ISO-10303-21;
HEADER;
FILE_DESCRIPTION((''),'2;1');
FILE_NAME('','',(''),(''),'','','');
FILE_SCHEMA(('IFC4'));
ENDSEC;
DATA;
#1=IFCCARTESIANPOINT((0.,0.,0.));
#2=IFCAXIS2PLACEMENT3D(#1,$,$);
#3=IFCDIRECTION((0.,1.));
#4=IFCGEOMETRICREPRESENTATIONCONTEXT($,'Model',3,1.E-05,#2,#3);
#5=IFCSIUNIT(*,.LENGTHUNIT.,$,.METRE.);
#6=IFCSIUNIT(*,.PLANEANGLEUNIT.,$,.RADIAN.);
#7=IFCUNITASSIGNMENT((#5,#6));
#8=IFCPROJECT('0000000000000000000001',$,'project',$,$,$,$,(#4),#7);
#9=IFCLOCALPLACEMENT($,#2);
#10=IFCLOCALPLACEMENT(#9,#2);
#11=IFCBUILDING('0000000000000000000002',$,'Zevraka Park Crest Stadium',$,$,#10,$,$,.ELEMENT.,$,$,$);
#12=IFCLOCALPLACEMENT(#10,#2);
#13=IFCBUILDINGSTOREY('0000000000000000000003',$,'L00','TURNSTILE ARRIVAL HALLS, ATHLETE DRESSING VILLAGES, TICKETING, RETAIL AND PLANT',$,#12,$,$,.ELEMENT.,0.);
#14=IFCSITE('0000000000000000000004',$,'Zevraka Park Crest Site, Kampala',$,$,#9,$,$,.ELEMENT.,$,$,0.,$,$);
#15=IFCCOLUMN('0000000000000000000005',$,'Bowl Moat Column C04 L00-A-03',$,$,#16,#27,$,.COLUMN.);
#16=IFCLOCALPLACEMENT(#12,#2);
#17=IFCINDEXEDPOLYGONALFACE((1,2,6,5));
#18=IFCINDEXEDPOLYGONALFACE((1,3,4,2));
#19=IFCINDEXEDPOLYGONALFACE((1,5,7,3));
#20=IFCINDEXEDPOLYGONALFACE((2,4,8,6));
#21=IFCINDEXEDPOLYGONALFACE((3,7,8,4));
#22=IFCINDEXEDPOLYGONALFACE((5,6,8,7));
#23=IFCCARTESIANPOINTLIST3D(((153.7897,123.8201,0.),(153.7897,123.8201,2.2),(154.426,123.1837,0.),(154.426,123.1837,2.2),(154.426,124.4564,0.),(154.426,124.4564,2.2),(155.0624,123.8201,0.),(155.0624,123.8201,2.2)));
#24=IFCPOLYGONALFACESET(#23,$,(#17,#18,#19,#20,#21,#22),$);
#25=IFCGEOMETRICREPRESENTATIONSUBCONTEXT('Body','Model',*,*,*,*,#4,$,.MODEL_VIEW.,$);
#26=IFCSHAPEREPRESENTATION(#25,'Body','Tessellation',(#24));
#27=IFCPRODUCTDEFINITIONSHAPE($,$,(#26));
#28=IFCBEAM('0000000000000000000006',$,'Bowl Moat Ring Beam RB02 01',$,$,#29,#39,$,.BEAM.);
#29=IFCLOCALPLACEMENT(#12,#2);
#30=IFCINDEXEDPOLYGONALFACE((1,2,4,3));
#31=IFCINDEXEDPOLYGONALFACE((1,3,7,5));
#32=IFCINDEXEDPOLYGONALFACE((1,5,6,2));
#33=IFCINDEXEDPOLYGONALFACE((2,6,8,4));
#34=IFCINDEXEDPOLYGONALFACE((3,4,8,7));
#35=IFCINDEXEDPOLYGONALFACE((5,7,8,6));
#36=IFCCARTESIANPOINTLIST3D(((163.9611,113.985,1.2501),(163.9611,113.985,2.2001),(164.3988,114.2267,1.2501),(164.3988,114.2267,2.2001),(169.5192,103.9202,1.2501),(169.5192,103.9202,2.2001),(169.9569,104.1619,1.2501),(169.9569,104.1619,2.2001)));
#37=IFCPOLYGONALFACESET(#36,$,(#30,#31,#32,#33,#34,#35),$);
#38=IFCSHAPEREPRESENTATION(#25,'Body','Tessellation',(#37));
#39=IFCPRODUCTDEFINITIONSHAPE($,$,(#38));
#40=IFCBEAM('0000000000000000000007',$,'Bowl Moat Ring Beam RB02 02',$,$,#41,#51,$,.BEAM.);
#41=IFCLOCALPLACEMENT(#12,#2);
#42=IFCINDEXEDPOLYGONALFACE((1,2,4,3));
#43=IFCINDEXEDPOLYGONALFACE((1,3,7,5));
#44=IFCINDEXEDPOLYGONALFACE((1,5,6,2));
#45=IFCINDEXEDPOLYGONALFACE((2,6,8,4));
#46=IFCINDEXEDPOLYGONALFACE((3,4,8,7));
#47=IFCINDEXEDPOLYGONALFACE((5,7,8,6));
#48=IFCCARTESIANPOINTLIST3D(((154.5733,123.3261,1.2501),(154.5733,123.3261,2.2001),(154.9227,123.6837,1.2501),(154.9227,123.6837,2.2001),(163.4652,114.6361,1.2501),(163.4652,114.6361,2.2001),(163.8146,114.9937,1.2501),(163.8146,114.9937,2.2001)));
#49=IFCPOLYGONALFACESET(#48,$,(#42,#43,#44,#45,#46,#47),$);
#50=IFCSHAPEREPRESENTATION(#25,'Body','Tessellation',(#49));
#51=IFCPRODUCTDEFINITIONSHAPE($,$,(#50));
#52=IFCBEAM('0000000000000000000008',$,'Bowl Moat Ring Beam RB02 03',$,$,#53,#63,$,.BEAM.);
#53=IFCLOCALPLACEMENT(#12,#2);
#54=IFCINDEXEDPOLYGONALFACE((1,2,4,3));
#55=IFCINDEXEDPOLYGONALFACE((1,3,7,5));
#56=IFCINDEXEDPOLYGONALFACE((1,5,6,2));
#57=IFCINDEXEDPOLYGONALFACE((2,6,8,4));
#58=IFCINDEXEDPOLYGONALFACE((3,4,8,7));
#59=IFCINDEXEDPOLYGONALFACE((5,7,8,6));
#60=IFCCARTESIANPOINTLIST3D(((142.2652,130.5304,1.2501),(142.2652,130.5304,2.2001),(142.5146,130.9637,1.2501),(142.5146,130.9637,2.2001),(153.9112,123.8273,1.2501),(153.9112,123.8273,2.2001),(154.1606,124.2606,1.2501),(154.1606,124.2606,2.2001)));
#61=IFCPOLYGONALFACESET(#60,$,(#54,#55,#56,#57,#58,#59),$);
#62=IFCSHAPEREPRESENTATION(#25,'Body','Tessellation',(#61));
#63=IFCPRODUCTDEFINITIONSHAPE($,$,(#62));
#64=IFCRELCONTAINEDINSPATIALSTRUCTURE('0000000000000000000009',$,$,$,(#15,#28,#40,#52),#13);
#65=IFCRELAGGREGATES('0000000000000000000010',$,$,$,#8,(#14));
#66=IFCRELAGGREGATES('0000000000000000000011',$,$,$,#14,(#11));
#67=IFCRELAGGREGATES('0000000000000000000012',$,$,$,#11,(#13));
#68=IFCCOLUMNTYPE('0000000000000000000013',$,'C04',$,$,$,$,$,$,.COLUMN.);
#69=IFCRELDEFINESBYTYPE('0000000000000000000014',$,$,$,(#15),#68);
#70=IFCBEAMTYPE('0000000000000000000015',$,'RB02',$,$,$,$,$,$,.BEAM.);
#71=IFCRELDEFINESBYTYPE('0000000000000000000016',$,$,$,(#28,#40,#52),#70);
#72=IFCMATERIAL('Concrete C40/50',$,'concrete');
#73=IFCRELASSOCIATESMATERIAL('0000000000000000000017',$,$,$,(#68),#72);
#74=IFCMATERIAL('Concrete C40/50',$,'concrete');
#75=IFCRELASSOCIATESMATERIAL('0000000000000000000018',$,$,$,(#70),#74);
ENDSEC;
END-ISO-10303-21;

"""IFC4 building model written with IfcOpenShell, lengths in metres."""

from ifc_helpers import new_model, si_unit, direction, frame, origin, origin_2d, place, context, subcontext, project, spatial, rectangle, extrude, material, material_profile, profile_set, type_object, element, save


model = new_model("IFC4")

# Units and contexts
model_context = context("Model", 3, precision=1e-05, world=origin(), true_north=direction((0.0, 1.0)))
body_context = subcontext(model_context, "Body", "Model", "MODEL_VIEW")
ifc_project = project(units=[si_unit("LENGTHUNIT", "METRE"), si_unit("PLANEANGLEUNIT", "RADIAN")], contexts=[model_context])

# Site, building, storey
site_placement = place(None, origin())
site = spatial("IfcSite", under=ifc_project, at=site_placement, Name="Zevraka Park Crest Site, Kampala", CompositionType="ELEMENT", RefElevation=0.0)
building_placement = place(site_placement, origin())
building = spatial("IfcBuilding", under=site, at=building_placement, Name="Zevraka Park Crest Stadium", CompositionType="ELEMENT")
storey_placement = place(building_placement, origin())
storey = spatial("IfcBuildingStorey", under=building, at=storey_placement, Name="L00", Description="TURNSTILE ARRIVAL HALLS, ATHLETE DRESSING VILLAGES, TICKETING, RETAIL AND PLANT", CompositionType="ELEMENT", Elevation=0.0)

# Column
ifc_material_1 = material(Name="Concrete C40/50", Category="concrete")
ifc_material_profile_1 = material_profile(ifc_material_1, rectangle(XDim=0.8999, YDim=0.8999, at=origin_2d()), Name="RC 900x900")
ifc_profile_set_1 = profile_set([ifc_material_profile_1], Name="Concrete C40/50")
column_type = type_object("IfcColumnType", Name="C04", PredefinedType="COLUMN", material=ifc_profile_set_1)
for number, where, z_axis, x_axis, name in (
    (1, (154.426, 123.8201, 0.0), (0.0, 0.0, 1.0), (0.707107, 0.707107, 0.0), "Bowl Moat Column C04 L00-A-03"),
):
    element("IfcColumn", number, at=place(storey_placement, frame(where, z_axis=z_axis, x_axis=x_axis)), inside=storey, type_object=column_type, Name=name, PredefinedType="COLUMN", context=body_context, shape_type="SweptSolid", body=[
        extrude(rectangle(XDim=0.8999, YDim=0.8999, at=origin_2d()), origin(), (0.0, 0.0, 1.0), 2.2),
    ])

# Beams
ifc_material_2 = material(Name="Concrete C40/50", Category="concrete")
ifc_material_profile_2 = material_profile(ifc_material_2, rectangle(XDim=0.5, YDim=0.95, at=origin_2d()), Name="RC 950x500")
ifc_profile_set_2 = profile_set([ifc_material_profile_2], Name="Concrete C40/50")
beam_type = type_object("IfcBeamType", Name="RB02", PredefinedType="BEAM", material=ifc_profile_set_2)
beam_1_placement = place(storey_placement, frame((169.738, 104.041, 1.7251), z_axis=(-0.483413, 0.875392, 0.0), x_axis=(-0.875392, -0.483413, 0.0)))
element("IfcBeam", 2, at=beam_1_placement, inside=storey, type_object=beam_type, Name="Bowl Moat Ring Beam RB02 01", PredefinedType="BEAM", context=body_context, shape_type="SweptSolid", body=[
    extrude(rectangle(XDim=0.5, YDim=0.95, at=origin_2d()), origin(), (0.0, 0.0, 1.0), 11.4976),
])
beam_2_placement = place(storey_placement, frame((163.6399, 114.8149, 1.7251), z_axis=(-0.71518, 0.69894, 0.0), x_axis=(-0.69894, -0.71518, 0.0)))
element("IfcBeam", 3, at=beam_2_placement, inside=storey, type_object=beam_type, Name="Bowl Moat Ring Beam RB02 02", PredefinedType="BEAM", context=body_context, shape_type="SweptSolid", body=[
    extrude(rectangle(XDim=0.5, YDim=0.95, at=origin_2d()), origin(), (0.0, 0.0, 1.0), 12.4331),
])
beam_3_placement = place(storey_placement, frame((154.0359, 124.0439, 1.7251), z_axis=(-0.866691, 0.498845, 0.0), x_axis=(-0.498845, -0.866691, 0.0)))
element("IfcBeam", 4, at=beam_3_placement, inside=storey, type_object=beam_type, Name="Bowl Moat Ring Beam RB02 03", PredefinedType="BEAM", context=body_context, shape_type="SweptSolid", body=[
    extrude(rectangle(XDim=0.5, YDim=0.95, at=origin_2d()), origin(), (0.0, 0.0, 1.0), 13.4373),
])

save(model, "model.ifc")
